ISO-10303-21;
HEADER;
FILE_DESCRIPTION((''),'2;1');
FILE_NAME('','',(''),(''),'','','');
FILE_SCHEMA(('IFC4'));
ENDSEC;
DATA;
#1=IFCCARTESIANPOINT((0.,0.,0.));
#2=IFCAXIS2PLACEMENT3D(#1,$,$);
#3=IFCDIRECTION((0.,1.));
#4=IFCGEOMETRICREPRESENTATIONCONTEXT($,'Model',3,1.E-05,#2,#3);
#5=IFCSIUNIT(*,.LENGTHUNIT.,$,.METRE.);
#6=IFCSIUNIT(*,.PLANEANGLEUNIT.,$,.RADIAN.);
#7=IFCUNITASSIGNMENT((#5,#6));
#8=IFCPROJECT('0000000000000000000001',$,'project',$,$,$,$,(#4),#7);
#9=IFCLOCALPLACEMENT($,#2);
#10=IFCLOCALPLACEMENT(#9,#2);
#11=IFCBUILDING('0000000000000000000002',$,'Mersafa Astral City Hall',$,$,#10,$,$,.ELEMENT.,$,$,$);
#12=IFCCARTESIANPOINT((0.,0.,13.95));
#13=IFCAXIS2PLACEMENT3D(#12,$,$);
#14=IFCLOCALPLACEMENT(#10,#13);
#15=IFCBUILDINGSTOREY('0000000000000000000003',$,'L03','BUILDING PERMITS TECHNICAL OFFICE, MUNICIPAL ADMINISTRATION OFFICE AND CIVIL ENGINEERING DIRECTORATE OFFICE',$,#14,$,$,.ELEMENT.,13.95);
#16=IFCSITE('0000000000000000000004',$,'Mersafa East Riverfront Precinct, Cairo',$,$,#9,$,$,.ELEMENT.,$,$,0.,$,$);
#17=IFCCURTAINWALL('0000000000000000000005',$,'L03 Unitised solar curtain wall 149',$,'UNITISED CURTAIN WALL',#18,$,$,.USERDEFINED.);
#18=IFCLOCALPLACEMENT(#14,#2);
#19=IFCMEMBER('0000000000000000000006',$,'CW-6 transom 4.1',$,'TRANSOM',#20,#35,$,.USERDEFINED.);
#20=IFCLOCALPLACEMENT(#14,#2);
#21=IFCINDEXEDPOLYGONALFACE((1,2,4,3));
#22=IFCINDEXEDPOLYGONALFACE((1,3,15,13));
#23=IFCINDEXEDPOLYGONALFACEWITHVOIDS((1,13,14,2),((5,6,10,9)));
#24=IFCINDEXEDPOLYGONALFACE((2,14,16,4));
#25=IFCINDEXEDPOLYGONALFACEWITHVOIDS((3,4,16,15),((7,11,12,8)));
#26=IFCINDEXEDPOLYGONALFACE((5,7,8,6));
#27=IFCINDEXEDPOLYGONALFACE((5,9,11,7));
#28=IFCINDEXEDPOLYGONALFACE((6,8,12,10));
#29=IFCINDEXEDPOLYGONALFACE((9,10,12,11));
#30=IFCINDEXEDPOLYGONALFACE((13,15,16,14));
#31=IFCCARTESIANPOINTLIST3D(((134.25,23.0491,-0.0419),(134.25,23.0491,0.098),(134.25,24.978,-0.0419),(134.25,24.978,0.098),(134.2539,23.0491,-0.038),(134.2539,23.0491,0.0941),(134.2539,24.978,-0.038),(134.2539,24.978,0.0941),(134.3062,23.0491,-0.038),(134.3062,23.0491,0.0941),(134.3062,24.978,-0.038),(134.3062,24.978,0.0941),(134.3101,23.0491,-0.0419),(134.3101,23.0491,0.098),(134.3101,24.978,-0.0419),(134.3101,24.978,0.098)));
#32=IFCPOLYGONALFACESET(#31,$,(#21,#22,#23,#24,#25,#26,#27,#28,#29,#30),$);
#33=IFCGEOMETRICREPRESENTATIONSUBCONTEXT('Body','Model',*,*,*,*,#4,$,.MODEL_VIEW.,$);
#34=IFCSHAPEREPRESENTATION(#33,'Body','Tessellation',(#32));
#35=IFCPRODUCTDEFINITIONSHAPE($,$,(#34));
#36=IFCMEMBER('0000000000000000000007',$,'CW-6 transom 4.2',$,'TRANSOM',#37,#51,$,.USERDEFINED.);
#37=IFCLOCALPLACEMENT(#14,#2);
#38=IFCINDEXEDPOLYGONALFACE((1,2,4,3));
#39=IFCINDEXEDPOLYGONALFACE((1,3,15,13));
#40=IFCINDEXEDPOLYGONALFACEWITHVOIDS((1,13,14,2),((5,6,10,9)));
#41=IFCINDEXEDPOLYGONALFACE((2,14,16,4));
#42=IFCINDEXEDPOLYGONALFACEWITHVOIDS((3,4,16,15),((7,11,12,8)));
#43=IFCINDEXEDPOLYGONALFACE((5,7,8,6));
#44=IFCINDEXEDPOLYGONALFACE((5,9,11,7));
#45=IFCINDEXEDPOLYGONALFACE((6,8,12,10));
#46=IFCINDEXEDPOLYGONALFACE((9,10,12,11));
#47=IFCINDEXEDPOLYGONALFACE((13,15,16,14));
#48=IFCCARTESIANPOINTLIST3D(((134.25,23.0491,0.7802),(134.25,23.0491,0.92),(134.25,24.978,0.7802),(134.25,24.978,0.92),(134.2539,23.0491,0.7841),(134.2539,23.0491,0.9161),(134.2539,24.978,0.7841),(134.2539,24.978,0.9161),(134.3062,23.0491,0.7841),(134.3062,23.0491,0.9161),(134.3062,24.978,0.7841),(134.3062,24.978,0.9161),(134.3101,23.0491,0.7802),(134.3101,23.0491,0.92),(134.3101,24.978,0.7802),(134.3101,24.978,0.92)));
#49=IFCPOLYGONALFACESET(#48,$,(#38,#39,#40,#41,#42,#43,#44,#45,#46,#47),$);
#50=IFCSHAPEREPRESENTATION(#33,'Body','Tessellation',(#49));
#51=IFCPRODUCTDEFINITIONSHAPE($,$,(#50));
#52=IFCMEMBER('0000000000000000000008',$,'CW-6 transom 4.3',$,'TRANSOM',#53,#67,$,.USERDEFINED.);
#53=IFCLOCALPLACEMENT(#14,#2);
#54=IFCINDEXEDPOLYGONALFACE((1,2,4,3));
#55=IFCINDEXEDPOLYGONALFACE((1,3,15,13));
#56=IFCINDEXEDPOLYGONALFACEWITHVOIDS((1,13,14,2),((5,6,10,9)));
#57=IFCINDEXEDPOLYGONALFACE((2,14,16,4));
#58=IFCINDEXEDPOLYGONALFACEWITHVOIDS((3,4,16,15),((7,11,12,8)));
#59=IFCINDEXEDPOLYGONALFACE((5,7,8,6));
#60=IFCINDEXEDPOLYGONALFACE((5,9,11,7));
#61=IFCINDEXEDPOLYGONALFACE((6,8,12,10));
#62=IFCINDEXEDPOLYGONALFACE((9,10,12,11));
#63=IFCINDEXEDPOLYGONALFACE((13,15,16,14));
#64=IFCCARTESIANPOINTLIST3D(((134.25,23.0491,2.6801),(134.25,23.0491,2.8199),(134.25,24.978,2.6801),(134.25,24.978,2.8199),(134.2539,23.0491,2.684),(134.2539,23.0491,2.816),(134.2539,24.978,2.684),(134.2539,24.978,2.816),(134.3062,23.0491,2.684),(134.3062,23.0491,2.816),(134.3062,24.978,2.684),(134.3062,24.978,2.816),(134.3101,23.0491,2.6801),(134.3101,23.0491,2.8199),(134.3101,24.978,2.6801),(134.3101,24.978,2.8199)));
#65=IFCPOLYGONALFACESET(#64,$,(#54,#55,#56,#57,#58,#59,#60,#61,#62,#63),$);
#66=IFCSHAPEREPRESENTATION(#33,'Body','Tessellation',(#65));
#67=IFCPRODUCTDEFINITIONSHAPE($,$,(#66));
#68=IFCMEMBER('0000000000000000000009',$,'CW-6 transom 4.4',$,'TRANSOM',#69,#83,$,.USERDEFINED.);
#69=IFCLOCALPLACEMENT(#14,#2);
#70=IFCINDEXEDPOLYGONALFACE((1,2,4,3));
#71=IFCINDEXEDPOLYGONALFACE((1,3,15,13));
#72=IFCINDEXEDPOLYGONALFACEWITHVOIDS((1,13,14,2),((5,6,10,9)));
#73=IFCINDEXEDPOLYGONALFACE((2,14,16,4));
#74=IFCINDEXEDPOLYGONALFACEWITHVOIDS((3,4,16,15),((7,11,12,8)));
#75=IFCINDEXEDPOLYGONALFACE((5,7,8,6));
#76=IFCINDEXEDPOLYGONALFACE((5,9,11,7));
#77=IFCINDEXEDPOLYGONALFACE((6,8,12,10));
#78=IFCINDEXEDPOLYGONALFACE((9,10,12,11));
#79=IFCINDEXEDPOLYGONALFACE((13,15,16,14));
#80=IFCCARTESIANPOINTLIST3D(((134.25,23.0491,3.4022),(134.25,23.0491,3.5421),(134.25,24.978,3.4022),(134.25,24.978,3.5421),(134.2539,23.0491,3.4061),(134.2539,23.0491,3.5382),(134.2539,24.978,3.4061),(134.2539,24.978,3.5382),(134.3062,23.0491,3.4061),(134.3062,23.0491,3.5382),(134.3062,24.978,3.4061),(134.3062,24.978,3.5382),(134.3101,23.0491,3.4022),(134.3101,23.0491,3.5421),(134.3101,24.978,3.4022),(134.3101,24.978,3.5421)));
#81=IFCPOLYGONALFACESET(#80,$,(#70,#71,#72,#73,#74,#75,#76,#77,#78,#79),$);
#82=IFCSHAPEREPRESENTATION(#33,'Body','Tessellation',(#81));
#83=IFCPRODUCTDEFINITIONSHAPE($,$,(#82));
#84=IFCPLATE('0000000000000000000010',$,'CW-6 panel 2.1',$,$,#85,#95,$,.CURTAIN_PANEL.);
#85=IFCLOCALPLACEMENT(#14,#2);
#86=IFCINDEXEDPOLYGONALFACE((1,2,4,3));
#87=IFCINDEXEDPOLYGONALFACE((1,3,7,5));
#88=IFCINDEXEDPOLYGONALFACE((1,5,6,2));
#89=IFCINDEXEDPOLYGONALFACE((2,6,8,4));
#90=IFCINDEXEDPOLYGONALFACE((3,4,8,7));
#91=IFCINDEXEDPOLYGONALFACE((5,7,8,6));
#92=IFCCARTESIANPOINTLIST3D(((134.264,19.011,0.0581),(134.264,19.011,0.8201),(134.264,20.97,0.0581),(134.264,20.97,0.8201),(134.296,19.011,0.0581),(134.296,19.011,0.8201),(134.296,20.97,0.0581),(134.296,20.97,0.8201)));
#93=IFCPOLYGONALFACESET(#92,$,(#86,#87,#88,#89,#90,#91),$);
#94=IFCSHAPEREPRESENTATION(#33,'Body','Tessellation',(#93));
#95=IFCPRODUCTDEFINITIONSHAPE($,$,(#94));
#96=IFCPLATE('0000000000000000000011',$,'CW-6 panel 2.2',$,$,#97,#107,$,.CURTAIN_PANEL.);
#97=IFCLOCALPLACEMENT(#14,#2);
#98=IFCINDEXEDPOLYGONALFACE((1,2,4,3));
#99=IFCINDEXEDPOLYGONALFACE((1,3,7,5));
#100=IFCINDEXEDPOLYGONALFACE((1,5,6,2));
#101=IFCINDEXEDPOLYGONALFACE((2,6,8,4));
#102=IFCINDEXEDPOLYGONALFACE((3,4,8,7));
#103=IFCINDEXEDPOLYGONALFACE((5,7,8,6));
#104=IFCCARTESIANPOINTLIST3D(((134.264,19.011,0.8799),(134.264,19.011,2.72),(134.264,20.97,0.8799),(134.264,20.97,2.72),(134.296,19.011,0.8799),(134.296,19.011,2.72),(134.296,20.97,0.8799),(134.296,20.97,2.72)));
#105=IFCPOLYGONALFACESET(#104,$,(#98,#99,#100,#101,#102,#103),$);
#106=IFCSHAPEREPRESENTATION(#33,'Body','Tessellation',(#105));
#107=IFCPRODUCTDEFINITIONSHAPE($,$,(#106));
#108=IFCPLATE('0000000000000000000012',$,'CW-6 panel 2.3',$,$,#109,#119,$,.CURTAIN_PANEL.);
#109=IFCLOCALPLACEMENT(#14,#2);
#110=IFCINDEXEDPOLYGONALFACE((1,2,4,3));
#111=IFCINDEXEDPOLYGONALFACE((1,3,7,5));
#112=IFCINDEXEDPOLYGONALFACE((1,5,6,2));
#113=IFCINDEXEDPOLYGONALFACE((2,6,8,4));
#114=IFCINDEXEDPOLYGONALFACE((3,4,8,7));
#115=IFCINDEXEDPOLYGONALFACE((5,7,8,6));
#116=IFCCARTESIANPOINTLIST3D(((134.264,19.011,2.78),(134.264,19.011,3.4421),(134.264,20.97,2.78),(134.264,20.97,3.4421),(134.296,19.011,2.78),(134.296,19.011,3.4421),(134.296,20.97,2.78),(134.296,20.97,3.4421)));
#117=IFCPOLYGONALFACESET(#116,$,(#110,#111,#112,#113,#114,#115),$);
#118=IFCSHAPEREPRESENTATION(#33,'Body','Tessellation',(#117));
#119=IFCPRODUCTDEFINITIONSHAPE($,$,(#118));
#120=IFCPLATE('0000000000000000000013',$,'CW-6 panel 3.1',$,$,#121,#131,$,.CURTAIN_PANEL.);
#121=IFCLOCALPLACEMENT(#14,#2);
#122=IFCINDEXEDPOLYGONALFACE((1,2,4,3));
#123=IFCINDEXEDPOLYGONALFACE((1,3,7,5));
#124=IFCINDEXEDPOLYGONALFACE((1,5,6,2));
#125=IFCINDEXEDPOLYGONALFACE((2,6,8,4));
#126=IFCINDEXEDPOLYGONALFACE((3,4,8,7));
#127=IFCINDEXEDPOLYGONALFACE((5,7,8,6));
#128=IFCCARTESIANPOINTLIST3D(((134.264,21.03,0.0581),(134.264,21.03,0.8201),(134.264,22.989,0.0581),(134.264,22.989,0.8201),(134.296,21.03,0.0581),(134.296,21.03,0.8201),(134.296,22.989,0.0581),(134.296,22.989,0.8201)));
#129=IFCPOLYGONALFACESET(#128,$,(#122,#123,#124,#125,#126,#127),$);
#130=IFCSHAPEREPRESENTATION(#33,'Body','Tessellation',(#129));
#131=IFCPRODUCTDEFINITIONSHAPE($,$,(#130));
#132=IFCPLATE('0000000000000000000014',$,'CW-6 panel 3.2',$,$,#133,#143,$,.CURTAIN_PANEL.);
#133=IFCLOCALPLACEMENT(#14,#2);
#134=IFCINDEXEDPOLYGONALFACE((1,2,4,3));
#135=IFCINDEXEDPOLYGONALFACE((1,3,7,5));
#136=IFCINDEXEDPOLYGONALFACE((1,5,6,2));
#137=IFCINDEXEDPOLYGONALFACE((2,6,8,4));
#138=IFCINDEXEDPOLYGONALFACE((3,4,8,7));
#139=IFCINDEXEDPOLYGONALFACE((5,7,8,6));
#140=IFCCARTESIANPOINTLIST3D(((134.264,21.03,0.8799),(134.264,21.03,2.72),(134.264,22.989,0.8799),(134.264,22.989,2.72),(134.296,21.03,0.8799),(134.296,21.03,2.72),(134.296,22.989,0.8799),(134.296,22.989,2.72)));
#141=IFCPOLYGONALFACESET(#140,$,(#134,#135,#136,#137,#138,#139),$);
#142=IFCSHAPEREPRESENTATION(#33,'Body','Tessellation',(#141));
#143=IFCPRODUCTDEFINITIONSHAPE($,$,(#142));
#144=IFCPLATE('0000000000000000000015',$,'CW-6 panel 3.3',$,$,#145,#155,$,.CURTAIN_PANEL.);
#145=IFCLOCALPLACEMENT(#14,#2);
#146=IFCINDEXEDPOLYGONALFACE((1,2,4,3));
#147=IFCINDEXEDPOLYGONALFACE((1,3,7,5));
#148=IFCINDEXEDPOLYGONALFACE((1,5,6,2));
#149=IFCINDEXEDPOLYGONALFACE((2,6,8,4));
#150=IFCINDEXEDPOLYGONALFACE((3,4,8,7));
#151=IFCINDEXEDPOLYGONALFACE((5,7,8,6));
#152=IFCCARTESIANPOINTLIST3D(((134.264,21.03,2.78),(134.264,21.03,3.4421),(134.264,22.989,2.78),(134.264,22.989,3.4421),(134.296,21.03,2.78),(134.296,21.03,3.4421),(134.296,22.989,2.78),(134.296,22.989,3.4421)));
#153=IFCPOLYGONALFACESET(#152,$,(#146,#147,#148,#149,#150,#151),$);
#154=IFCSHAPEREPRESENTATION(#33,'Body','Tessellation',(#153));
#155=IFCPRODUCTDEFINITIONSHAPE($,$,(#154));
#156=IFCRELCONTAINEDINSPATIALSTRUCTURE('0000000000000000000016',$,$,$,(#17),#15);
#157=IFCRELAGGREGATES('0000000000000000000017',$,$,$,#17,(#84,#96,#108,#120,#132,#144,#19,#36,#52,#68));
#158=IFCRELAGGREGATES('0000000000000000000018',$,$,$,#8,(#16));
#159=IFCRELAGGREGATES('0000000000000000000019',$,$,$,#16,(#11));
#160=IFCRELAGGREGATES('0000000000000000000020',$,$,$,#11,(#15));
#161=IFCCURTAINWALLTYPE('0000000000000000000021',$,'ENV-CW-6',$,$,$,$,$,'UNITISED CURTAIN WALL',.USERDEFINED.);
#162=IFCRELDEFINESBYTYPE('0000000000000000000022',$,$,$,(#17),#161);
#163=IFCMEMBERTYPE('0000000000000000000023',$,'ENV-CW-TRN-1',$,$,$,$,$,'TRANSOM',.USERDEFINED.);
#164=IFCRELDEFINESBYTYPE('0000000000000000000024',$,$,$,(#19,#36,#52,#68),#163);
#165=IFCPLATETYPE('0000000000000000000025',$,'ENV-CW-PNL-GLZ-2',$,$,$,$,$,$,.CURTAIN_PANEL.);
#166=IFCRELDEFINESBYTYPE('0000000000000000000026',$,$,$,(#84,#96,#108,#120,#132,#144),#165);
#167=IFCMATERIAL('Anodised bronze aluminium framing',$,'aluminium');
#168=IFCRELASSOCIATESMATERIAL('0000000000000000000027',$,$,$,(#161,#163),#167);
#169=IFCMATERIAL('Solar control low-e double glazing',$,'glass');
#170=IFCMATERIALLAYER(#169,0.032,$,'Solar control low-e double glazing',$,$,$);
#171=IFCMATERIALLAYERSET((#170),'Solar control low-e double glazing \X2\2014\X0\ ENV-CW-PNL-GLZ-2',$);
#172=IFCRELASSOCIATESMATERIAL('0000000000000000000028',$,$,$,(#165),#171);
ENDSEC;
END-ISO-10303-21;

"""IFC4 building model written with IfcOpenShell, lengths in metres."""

from ifc_helpers import new_model, si_unit, direction, frame, origin, origin_2d, place, context, subcontext, project, spatial, rectangle, hollow_rectangle, extrude, material, layer, layer_set, material_profile, profile_set, type_object, element, aggregate, save


model = new_model("IFC4")

# Units and contexts
model_context = context("Model", 3, precision=1e-05, world=origin(), true_north=direction((0.0, 1.0)))
body_context = subcontext(model_context, "Body", "Model", "MODEL_VIEW")
ifc_project = project(units=[si_unit("LENGTHUNIT", "METRE"), si_unit("PLANEANGLEUNIT", "RADIAN")], contexts=[model_context])

# Site, building, storey
site_placement = place(None, origin())
site = spatial("IfcSite", under=ifc_project, at=site_placement, Name="Mersafa East Riverfront Precinct, Cairo", CompositionType="ELEMENT", RefElevation=0.0)
building_placement = place(site_placement, origin())
building = spatial("IfcBuilding", under=site, at=building_placement, Name="Mersafa Astral City Hall", CompositionType="ELEMENT")
storey_placement = place(building_placement, frame((0.0, 0.0, 13.95)))
storey = spatial("IfcBuildingStorey", under=building, at=storey_placement, Name="L03", Description="BUILDING PERMITS TECHNICAL OFFICE, MUNICIPAL ADMINISTRATION OFFICE AND CIVIL ENGINEERING DIRECTORATE OFFICE", CompositionType="ELEMENT", Elevation=13.95)

# Curtain wall, members, plates
ifc_material_1 = material(Name="Anodised bronze aluminium framing", Category="aluminium")
curtain_wall_type = type_object("IfcCurtainWallType", Name="ENV-CW-6", ElementType="UNITISED CURTAIN WALL", PredefinedType="USERDEFINED", material=ifc_material_1)
curtain_wall_placement = place(storey_placement, origin())
curtain_wall = element("IfcCurtainWall", 1, at=curtain_wall_placement, inside=storey, type_object=curtain_wall_type, Name="L03 Unitised solar curtain wall 149", ObjectType="UNITISED CURTAIN WALL", PredefinedType="USERDEFINED")
ifc_material_profile_1 = material_profile(ifc_material_1, hollow_rectangle(XDim=0.0601, YDim=0.1399, WallThickness=0.0039, at=origin_2d()), Name="RHS 60x140x4")
ifc_profile_set_1 = profile_set([ifc_material_profile_1], Name="Anodised bronze aluminium framing")
member_type_1 = type_object("IfcMemberType", Name="ENV-CW-TRN-1", ElementType="TRANSOM", PredefinedType="USERDEFINED", material=ifc_profile_set_1)
member_1_placement = place(storey_placement, frame((134.28, 23.0491, 0.0281), z_axis=(0.0, 1.0, 0.0), x_axis=(-1.0, 0.0, 0.0)))
member_1 = element("IfcMember", 2, at=member_1_placement, type_object=member_type_1, Name="CW-6 transom 4.1", ObjectType="TRANSOM", PredefinedType="USERDEFINED", context=body_context, shape_type="SweptSolid", body=[
    extrude(hollow_rectangle(XDim=0.0601, YDim=0.1399, WallThickness=0.0039, at=origin_2d()), origin(), (0.0, 0.0, 1.0), 1.929),
])
member_2_placement = place(storey_placement, frame((134.28, 23.0491, 0.8501), z_axis=(0.0, 1.0, 0.0), x_axis=(-1.0, 0.0, 0.0)))
member_2 = element("IfcMember", 3, at=member_2_placement, type_object=member_type_1, Name="CW-6 transom 4.2", ObjectType="TRANSOM", PredefinedType="USERDEFINED", context=body_context, shape_type="SweptSolid", body=[
    extrude(hollow_rectangle(XDim=0.0601, YDim=0.1399, WallThickness=0.0039, at=origin_2d()), origin(), (0.0, 0.0, 1.0), 1.929),
])
member_3_placement = place(storey_placement, frame((134.28, 23.0491, 2.75), z_axis=(0.0, 1.0, 0.0), x_axis=(-1.0, 0.0, 0.0)))
member_3 = element("IfcMember", 4, at=member_3_placement, type_object=member_type_1, Name="CW-6 transom 4.3", ObjectType="TRANSOM", PredefinedType="USERDEFINED", context=body_context, shape_type="SweptSolid", body=[
    extrude(hollow_rectangle(XDim=0.0601, YDim=0.1399, WallThickness=0.0039, at=origin_2d()), origin(), (0.0, 0.0, 1.0), 1.929),
])
member_4_placement = place(storey_placement, frame((134.28, 23.0491, 3.4722), z_axis=(0.0, 1.0, 0.0), x_axis=(-1.0, 0.0, 0.0)))
member_4 = element("IfcMember", 5, at=member_4_placement, type_object=member_type_1, Name="CW-6 transom 4.4", ObjectType="TRANSOM", PredefinedType="USERDEFINED", context=body_context, shape_type="SweptSolid", body=[
    extrude(hollow_rectangle(XDim=0.0601, YDim=0.1399, WallThickness=0.0039, at=origin_2d()), origin(), (0.0, 0.0, 1.0), 1.929),
])
ifc_material_2 = material(Name="Solar control low-e double glazing", Category="glass")
ifc_layer = layer(ifc_material_2, 0.032, Name="Solar control low-e double glazing")
ifc_layer_set = layer_set([ifc_layer], Name="Solar control low-e double glazing — ENV-CW-PNL-GLZ-2")
plate_type = type_object("IfcPlateType", Name="ENV-CW-PNL-GLZ-2", PredefinedType="CURTAIN_PANEL", material=ifc_layer_set)
plate_1_placement = place(storey_placement, frame((134.28, 19.9905, 0.0581), z_axis=(0.0, 0.0, 1.0), x_axis=(0.0, 1.0, 0.0)))
plate_1 = element("IfcPlate", 6, at=plate_1_placement, type_object=plate_type, Name="CW-6 panel 2.1", PredefinedType="CURTAIN_PANEL", context=body_context, shape_type="SweptSolid", body=[
    extrude(rectangle(XDim=1.959, YDim=0.032, at=origin_2d()), origin(), (0.0, 0.0, 1.0), 0.762),
])
plate_2_placement = place(storey_placement, frame((134.28, 19.9905, 0.8799), z_axis=(0.0, 0.0, 1.0), x_axis=(0.0, 1.0, 0.0)))
plate_2 = element("IfcPlate", 7, at=plate_2_placement, type_object=plate_type, Name="CW-6 panel 2.2", PredefinedType="CURTAIN_PANEL", context=body_context, shape_type="SweptSolid", body=[
    extrude(rectangle(XDim=1.959, YDim=0.032, at=origin_2d()), origin(), (0.0, 0.0, 1.0), 1.8401),
])
plate_3_placement = place(storey_placement, frame((134.28, 19.9905, 2.78), z_axis=(0.0, 0.0, 1.0), x_axis=(0.0, 1.0, 0.0)))
plate_3 = element("IfcPlate", 8, at=plate_3_placement, type_object=plate_type, Name="CW-6 panel 2.3", PredefinedType="CURTAIN_PANEL", context=body_context, shape_type="SweptSolid", body=[
    extrude(rectangle(XDim=1.959, YDim=0.032, at=origin_2d()), origin(), (0.0, 0.0, 1.0), 0.6621),
])
plate_4_placement = place(storey_placement, frame((134.28, 22.0095, 0.0581), z_axis=(0.0, 0.0, 1.0), x_axis=(0.0, 1.0, 0.0)))
plate_4 = element("IfcPlate", 9, at=plate_4_placement, type_object=plate_type, Name="CW-6 panel 3.1", PredefinedType="CURTAIN_PANEL", context=body_context, shape_type="SweptSolid", body=[
    extrude(rectangle(XDim=1.959, YDim=0.032, at=origin_2d()), origin(), (0.0, 0.0, 1.0), 0.762),
])
plate_5_placement = place(storey_placement, frame((134.28, 22.0095, 0.8799), z_axis=(0.0, 0.0, 1.0), x_axis=(0.0, 1.0, 0.0)))
plate_5 = element("IfcPlate", 10, at=plate_5_placement, type_object=plate_type, Name="CW-6 panel 3.2", PredefinedType="CURTAIN_PANEL", context=body_context, shape_type="SweptSolid", body=[
    extrude(rectangle(XDim=1.959, YDim=0.032, at=origin_2d()), origin(), (0.0, 0.0, 1.0), 1.8401),
])
plate_6_placement = place(storey_placement, frame((134.28, 22.0095, 2.78), z_axis=(0.0, 0.0, 1.0), x_axis=(0.0, 1.0, 0.0)))
plate_6 = element("IfcPlate", 11, at=plate_6_placement, type_object=plate_type, Name="CW-6 panel 3.3", PredefinedType="CURTAIN_PANEL", context=body_context, shape_type="SweptSolid", body=[
    extrude(rectangle(XDim=1.959, YDim=0.032, at=origin_2d()), origin(), (0.0, 0.0, 1.0), 0.6621),
])
aggregate(curtain_wall, [plate_1, plate_2, plate_3, plate_4, plate_5, plate_6, member_1, member_2, member_3, member_4])

save(model, "model.ifc")
